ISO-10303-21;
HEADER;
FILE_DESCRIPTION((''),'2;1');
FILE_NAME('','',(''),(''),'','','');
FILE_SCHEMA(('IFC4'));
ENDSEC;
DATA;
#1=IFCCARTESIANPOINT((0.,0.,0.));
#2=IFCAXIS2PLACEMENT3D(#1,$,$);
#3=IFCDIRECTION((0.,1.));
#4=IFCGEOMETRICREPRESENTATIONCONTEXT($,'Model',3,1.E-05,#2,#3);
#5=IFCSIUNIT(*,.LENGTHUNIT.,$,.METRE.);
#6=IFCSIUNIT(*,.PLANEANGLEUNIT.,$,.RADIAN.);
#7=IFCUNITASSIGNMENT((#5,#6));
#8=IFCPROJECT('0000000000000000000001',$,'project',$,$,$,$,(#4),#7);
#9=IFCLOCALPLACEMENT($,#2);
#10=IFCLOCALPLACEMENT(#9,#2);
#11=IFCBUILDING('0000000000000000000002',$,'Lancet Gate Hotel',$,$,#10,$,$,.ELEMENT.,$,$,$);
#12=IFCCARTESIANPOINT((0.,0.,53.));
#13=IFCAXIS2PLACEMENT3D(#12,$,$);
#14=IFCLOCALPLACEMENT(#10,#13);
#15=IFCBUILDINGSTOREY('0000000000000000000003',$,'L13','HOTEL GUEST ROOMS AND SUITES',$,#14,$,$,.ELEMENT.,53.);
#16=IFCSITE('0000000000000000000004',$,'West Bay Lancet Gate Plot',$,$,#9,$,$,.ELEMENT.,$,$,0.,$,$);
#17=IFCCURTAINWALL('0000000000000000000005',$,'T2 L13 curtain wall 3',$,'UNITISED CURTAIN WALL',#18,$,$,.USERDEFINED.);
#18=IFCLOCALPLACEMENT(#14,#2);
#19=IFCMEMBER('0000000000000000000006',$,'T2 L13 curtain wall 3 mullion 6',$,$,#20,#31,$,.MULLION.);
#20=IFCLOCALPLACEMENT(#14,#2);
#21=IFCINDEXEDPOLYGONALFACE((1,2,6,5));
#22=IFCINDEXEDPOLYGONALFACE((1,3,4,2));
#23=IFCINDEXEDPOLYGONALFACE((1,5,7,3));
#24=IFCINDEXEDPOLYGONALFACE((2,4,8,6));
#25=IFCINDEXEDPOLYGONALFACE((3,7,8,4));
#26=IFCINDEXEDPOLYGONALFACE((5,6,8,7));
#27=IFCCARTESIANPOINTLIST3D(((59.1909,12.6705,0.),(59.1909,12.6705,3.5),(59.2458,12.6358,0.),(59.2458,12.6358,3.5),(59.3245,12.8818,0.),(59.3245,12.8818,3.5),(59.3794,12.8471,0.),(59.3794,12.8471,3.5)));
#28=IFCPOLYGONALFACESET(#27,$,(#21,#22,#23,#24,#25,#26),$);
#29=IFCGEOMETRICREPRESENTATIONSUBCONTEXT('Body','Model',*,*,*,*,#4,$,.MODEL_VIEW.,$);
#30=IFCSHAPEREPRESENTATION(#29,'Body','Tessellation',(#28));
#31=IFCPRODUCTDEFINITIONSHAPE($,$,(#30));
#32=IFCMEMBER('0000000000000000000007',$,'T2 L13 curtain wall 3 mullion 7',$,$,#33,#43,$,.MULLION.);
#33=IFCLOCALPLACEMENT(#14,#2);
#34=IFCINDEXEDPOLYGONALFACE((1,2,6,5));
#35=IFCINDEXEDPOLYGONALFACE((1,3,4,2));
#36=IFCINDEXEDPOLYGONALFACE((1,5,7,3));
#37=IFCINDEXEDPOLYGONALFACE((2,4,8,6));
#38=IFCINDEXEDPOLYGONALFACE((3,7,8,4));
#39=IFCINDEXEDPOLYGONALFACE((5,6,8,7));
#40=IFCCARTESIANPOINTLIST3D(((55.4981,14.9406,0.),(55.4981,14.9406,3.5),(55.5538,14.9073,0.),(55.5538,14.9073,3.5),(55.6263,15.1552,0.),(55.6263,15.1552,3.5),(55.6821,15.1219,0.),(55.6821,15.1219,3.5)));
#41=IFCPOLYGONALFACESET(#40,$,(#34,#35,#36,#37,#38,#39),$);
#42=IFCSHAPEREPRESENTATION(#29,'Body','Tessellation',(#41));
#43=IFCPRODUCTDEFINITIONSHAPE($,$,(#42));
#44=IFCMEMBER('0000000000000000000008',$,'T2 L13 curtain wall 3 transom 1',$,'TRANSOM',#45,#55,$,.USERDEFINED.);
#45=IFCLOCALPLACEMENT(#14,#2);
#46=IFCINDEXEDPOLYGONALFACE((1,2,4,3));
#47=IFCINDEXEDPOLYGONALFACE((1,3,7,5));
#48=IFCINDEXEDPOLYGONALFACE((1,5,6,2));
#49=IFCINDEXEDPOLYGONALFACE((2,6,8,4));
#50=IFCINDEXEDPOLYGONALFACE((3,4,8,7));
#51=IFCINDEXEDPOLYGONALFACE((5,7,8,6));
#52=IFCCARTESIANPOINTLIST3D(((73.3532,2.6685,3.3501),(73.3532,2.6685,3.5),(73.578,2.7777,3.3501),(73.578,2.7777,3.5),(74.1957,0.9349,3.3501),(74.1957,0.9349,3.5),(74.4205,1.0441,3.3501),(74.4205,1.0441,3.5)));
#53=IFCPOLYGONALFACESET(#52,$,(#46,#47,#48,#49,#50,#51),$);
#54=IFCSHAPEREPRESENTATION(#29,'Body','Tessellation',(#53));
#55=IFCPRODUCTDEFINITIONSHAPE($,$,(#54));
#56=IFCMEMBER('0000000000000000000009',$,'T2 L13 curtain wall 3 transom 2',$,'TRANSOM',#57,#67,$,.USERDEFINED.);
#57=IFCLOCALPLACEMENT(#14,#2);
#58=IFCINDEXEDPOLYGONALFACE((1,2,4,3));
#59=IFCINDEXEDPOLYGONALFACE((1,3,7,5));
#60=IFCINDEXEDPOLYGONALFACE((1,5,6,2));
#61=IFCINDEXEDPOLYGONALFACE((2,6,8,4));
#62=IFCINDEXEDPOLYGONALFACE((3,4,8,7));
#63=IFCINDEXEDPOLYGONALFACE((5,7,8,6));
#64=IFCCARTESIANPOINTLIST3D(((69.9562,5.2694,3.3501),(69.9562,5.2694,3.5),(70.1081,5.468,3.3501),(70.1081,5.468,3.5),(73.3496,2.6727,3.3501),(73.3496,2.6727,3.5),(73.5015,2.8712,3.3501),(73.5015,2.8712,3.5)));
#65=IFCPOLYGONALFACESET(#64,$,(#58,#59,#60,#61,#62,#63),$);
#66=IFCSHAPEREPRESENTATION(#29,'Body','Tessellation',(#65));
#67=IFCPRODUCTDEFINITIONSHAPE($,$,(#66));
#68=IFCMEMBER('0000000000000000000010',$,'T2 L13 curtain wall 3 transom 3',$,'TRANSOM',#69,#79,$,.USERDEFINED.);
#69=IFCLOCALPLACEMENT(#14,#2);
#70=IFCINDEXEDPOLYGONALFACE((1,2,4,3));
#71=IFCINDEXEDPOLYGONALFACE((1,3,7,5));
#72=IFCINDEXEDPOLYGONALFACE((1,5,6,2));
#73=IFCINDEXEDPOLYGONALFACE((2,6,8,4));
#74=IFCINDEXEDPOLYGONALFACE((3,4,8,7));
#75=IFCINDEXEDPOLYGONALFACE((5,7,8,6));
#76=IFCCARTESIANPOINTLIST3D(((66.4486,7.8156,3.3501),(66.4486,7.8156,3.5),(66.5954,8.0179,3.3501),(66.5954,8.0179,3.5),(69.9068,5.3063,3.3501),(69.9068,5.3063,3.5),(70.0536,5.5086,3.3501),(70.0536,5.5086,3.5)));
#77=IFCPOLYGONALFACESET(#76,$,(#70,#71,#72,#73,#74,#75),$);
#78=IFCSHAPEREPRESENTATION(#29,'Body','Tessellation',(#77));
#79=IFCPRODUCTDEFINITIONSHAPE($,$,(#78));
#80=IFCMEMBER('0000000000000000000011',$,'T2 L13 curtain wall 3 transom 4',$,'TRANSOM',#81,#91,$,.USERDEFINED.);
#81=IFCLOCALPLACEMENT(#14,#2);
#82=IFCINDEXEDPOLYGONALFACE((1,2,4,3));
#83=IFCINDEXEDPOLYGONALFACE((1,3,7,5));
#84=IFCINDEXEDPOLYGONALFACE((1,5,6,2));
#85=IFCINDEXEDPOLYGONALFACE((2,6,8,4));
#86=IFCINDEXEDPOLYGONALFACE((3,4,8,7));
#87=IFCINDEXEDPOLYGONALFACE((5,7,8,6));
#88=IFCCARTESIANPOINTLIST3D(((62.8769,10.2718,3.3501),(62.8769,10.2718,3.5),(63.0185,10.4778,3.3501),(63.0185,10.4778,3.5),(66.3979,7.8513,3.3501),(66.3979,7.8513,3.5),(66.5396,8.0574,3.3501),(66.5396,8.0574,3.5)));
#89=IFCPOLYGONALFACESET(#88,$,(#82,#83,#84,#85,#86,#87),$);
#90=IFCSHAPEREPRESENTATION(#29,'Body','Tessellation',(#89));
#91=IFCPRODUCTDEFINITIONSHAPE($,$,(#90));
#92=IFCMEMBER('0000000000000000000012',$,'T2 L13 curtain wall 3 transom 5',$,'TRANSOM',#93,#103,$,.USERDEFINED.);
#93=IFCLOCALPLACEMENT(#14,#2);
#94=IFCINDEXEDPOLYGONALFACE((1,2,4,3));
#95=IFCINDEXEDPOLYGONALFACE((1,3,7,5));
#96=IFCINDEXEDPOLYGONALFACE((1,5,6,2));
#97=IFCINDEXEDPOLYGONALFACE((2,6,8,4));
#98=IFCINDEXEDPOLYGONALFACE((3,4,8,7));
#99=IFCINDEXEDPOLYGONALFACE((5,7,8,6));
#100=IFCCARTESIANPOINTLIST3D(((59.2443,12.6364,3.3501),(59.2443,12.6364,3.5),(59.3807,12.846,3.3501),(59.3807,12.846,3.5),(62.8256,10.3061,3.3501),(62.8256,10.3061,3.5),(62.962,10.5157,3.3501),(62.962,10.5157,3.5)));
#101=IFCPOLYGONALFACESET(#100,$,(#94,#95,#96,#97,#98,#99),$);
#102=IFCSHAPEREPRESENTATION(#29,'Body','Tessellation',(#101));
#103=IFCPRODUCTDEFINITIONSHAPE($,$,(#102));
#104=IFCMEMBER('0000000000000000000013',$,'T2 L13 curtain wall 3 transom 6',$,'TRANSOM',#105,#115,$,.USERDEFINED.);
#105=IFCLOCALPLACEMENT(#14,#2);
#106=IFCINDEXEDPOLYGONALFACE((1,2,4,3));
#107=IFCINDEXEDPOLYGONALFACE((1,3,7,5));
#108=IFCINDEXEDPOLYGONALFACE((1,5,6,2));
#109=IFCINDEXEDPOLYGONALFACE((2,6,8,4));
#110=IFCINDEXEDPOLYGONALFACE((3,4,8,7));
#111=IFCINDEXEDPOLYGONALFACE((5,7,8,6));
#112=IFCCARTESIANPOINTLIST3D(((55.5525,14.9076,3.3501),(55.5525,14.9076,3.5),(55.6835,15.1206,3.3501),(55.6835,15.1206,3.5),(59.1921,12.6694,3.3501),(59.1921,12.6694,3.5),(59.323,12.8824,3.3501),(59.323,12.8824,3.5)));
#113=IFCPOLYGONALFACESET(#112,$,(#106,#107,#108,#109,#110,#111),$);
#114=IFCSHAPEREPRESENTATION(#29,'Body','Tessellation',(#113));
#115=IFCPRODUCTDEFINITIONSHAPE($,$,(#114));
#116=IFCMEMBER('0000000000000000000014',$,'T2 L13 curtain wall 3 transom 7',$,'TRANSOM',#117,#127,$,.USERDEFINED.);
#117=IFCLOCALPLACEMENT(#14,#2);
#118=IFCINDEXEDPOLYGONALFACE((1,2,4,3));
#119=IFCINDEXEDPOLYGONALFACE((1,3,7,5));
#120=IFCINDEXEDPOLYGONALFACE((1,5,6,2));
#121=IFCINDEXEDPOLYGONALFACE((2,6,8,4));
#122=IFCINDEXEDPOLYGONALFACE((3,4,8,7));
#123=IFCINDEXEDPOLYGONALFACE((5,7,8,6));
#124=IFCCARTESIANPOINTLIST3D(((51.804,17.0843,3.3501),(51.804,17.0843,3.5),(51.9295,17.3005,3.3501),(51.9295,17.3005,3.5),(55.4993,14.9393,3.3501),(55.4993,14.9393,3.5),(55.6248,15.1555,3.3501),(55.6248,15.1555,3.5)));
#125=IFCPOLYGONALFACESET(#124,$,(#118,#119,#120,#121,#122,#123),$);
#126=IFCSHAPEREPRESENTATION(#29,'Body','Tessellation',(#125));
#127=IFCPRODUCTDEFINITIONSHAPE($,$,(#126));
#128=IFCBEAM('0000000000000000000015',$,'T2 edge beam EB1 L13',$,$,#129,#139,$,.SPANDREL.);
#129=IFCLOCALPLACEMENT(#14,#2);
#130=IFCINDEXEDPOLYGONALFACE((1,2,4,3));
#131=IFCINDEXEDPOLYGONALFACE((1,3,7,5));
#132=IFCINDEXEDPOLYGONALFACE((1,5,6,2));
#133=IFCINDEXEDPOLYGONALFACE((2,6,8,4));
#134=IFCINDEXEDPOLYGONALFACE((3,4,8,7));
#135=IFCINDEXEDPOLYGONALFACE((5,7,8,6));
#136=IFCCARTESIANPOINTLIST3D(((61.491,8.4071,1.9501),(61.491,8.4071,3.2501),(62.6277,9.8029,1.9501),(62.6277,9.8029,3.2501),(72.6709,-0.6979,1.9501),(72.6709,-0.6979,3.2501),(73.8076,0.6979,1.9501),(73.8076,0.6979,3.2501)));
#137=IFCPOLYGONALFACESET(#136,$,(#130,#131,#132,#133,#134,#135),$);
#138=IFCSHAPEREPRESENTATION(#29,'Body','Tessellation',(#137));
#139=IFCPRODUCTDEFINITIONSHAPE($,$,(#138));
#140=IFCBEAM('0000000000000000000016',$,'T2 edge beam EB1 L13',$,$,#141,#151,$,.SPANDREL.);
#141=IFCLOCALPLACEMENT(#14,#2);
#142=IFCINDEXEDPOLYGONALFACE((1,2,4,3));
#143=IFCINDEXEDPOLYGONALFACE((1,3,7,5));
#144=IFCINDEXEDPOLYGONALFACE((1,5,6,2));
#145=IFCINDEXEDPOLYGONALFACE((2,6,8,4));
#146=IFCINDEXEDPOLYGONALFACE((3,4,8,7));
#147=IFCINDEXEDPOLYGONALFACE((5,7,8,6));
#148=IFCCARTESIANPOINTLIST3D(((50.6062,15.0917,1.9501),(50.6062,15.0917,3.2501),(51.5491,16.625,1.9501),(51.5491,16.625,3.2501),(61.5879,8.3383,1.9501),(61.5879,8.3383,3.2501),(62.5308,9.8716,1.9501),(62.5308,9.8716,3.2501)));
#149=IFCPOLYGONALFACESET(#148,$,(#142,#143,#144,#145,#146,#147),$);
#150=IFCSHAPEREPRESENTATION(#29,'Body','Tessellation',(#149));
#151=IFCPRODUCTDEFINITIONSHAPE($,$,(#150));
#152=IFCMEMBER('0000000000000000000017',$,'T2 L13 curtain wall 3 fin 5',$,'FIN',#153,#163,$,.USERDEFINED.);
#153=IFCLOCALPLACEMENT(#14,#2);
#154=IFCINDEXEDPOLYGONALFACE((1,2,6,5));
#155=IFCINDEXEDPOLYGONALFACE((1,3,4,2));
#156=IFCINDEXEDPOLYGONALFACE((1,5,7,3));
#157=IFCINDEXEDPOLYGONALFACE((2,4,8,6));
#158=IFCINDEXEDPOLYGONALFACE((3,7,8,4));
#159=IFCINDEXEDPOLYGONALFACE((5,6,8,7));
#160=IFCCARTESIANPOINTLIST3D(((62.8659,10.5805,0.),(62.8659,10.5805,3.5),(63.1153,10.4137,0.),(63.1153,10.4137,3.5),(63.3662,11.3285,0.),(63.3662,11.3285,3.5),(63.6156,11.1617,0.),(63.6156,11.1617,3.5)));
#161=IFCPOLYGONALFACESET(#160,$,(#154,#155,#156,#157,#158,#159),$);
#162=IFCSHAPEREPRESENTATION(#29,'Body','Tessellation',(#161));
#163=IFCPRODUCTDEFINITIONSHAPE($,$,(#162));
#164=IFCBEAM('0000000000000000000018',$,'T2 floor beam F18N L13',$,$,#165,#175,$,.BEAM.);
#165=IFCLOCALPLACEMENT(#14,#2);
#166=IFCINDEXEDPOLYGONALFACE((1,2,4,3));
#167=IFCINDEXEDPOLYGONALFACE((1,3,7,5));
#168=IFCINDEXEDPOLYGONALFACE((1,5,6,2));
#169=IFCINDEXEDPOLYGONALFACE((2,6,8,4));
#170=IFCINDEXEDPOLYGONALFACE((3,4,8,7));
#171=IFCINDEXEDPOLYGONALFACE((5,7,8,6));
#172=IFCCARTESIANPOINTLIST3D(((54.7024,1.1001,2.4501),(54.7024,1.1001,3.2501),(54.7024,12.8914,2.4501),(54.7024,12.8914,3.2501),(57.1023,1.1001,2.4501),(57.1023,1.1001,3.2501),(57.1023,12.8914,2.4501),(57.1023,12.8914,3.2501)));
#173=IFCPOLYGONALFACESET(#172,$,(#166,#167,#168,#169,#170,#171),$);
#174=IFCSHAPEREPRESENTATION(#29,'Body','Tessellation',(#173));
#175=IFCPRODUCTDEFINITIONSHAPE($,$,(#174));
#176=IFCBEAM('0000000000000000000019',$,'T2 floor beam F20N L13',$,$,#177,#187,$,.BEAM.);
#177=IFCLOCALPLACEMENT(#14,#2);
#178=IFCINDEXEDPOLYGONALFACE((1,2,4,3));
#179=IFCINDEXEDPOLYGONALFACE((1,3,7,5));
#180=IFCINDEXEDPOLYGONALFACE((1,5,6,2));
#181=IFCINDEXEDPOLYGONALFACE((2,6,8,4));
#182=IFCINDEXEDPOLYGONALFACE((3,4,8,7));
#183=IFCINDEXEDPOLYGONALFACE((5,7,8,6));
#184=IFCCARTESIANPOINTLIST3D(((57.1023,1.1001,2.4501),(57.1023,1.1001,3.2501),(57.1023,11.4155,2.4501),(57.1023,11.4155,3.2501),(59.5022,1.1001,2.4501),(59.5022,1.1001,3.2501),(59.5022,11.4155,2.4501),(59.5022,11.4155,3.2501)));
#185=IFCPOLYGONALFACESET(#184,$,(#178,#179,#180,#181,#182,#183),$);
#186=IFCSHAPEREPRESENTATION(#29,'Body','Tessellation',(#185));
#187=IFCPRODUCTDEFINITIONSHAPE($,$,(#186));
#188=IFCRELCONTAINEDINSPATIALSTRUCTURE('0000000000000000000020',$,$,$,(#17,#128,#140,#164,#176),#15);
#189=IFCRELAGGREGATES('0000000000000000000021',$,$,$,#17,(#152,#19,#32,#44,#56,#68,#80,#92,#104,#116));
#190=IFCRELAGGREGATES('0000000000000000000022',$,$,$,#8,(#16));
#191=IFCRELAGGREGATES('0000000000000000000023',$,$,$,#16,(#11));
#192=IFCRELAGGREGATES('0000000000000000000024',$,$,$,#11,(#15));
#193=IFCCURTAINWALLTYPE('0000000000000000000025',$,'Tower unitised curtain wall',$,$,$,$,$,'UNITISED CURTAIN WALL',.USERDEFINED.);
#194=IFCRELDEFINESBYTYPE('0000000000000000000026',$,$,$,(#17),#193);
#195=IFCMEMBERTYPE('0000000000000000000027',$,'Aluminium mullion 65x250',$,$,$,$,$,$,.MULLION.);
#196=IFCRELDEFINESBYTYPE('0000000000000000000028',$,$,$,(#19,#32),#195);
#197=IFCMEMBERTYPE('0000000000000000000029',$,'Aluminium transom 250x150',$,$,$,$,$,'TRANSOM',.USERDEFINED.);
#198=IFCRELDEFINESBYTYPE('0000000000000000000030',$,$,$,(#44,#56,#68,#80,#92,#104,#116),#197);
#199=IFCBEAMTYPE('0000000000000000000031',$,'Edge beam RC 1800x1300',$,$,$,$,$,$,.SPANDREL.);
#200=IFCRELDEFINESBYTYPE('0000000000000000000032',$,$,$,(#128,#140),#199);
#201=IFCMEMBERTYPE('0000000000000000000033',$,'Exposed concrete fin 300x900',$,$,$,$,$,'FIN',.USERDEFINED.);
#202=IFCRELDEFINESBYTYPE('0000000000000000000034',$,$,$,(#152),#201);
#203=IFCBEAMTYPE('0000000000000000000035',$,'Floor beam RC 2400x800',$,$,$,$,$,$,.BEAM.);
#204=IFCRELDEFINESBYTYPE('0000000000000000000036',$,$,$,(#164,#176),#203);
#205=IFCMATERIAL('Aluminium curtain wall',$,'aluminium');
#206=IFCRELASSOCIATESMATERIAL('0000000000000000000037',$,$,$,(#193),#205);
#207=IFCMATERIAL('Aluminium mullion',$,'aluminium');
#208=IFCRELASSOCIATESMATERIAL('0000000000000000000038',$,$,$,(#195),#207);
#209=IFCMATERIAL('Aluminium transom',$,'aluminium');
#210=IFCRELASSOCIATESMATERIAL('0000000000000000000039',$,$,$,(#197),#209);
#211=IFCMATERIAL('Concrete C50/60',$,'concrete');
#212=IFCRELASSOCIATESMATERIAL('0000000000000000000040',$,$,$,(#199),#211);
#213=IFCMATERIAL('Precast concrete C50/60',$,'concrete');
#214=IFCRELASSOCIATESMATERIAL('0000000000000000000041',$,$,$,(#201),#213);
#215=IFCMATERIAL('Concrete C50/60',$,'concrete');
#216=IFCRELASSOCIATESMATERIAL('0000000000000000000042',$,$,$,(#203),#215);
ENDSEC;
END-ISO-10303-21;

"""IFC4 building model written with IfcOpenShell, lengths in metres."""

from ifc_helpers import new_model, si_unit, direction, frame, origin, origin_2d, place, context, subcontext, project, spatial, rectangle, extrude, material, material_profile, profile_set, type_object, element, aggregate, save


model = new_model("IFC4")

# Units and contexts
model_context = context("Model", 3, precision=1e-05, world=origin(), true_north=direction((0.0, 1.0)))
body_context = subcontext(model_context, "Body", "Model", "MODEL_VIEW")
ifc_project = project(units=[si_unit("LENGTHUNIT", "METRE"), si_unit("PLANEANGLEUNIT", "RADIAN")], contexts=[model_context])

# Site, building, storey
site_placement = place(None, origin())
site = spatial("IfcSite", under=ifc_project, at=site_placement, Name="West Bay Lancet Gate Plot", CompositionType="ELEMENT", RefElevation=0.0)
building_placement = place(site_placement, origin())
building = spatial("IfcBuilding", under=site, at=building_placement, Name="Lancet Gate Hotel", CompositionType="ELEMENT")
storey_placement = place(building_placement, frame((0.0, 0.0, 53.0)))
storey = spatial("IfcBuildingStorey", under=building, at=storey_placement, Name="L13", Description="HOTEL GUEST ROOMS AND SUITES", CompositionType="ELEMENT", Elevation=53.0)

# Curtain wall, members
ifc_material_1 = material(Name="Aluminium curtain wall", Category="aluminium")
curtain_wall_type = type_object("IfcCurtainWallType", Name="Tower unitised curtain wall", ElementType="UNITISED CURTAIN WALL", PredefinedType="USERDEFINED", material=ifc_material_1)
curtain_wall_placement = place(storey_placement, origin())
curtain_wall = element("IfcCurtainWall", 1, at=curtain_wall_placement, inside=storey, type_object=curtain_wall_type, Name="T2 L13 curtain wall 3", ObjectType="UNITISED CURTAIN WALL", PredefinedType="USERDEFINED")
ifc_material_2 = material(Name="Aluminium mullion", Category="aluminium")
ifc_material_profile_1 = material_profile(ifc_material_2, rectangle(XDim=0.0649, YDim=0.25, at=origin_2d()), Name="MULLION 65x250")
ifc_profile_set_1 = profile_set([ifc_material_profile_1], Name="Aluminium mullion")
member_type_1 = type_object("IfcMemberType", Name="Aluminium mullion 65x250", PredefinedType="MULLION", material=ifc_profile_set_1)
member_1_placement = place(storey_placement, frame((59.2852, 12.7588, 0.0), z_axis=(0.0, 0.0, 1.0), x_axis=(-0.845079, 0.534641, 0.0)))
member_1 = element("IfcMember", 2, at=member_1_placement, type_object=member_type_1, Name="T2 L13 curtain wall 3 mullion 6", PredefinedType="MULLION", context=body_context, shape_type="SweptSolid", body=[
    extrude(rectangle(XDim=0.0649, YDim=0.25, at=origin_2d()), origin(), (0.0, 0.0, 1.0), 3.5),
])
member_2_placement = place(storey_placement, frame((55.5901, 15.0312, 0.0), z_axis=(0.0, 0.0, 1.0), x_axis=(-0.858413, 0.512959, 0.0)))
member_2 = element("IfcMember", 3, at=member_2_placement, type_object=member_type_1, Name="T2 L13 curtain wall 3 mullion 7", PredefinedType="MULLION", context=body_context, shape_type="SweptSolid", body=[
    extrude(rectangle(XDim=0.0649, YDim=0.25, at=origin_2d()), origin(), (0.0, 0.0, 1.0), 3.5),
])
ifc_material_3 = material(Name="Aluminium transom", Category="aluminium")
ifc_material_profile_2 = material_profile(ifc_material_3, rectangle(XDim=0.25, YDim=0.1499, at=origin_2d()), Name="TRANSOM 250x150")
ifc_profile_set_2 = profile_set([ifc_material_profile_2], Name="Aluminium transom")
member_type_2 = type_object("IfcMemberType", Name="Aluminium transom 250x150", ElementType="TRANSOM", PredefinedType="USERDEFINED", material=ifc_profile_set_2)
member_3_placement = place(storey_placement, frame((74.3081, 0.9895, 3.425), z_axis=(-0.437103, 0.899411, 0.0), x_axis=(-0.899411, -0.437103, 0.0)))
member_3 = element("IfcMember", 4, at=member_3_placement, type_object=member_type_2, Name="T2 L13 curtain wall 3 transom 1", ObjectType="TRANSOM", PredefinedType="USERDEFINED", context=body_context, shape_type="SweptSolid", body=[
    extrude(rectangle(XDim=0.25, YDim=0.1499, at=origin_2d()), origin(), (0.0, 0.0, 1.0), 1.9275),
])
member_4_placement = place(storey_placement, frame((73.4255, 2.772, 3.425), z_axis=(-0.794155, 0.607715, 0.0), x_axis=(-0.607715, -0.794155, 0.0)))
member_4 = element("IfcMember", 5, at=member_4_placement, type_object=member_type_2, Name="T2 L13 curtain wall 3 transom 2", ObjectType="TRANSOM", PredefinedType="USERDEFINED", context=body_context, shape_type="SweptSolid", body=[
    extrude(rectangle(XDim=0.25, YDim=0.1499, at=origin_2d()), origin(), (0.0, 0.0, 1.0), 4.2729),
])
member_5_placement = place(storey_placement, frame((69.9802, 5.4075, 3.425), z_axis=(-0.809383, 0.587281, 0.0), x_axis=(-0.587281, -0.809383, 0.0)))
member_5 = element("IfcMember", 6, at=member_5_placement, type_object=member_type_2, Name="T2 L13 curtain wall 3 transom 3", ObjectType="TRANSOM", PredefinedType="USERDEFINED", context=body_context, shape_type="SweptSolid", body=[
    extrude(rectangle(XDim=0.25, YDim=0.1499, at=origin_2d()), origin(), (0.0, 0.0, 1.0), 4.2727),
])
member_6_placement = place(storey_placement, frame((66.4688, 7.9543, 3.425), z_axis=(-0.824072, 0.566485, 0.0), x_axis=(-0.566485, -0.824072, 0.0)))
member_6 = element("IfcMember", 7, at=member_6_placement, type_object=member_type_2, Name="T2 L13 curtain wall 3 transom 4", ObjectType="TRANSOM", PredefinedType="USERDEFINED", context=body_context, shape_type="SweptSolid", body=[
    extrude(rectangle(XDim=0.25, YDim=0.1499, at=origin_2d()), origin(), (0.0, 0.0, 1.0), 4.2727),
])
member_7_placement = place(storey_placement, frame((62.8938, 10.4109, 3.425), z_axis=(-0.838179, 0.545396, 0.0), x_axis=(-0.545396, -0.838179, 0.0)))
member_7 = element("IfcMember", 8, at=member_7_placement, type_object=member_type_2, Name="T2 L13 curtain wall 3 transom 5", ObjectType="TRANSOM", PredefinedType="USERDEFINED", context=body_context, shape_type="SweptSolid", body=[
    extrude(rectangle(XDim=0.25, YDim=0.1499, at=origin_2d()), origin(), (0.0, 0.0, 1.0), 4.2727),
])
member_8_placement = place(storey_placement, frame((59.2576, 12.7759, 3.425), z_axis=(-0.851815, 0.523842, 0.0), x_axis=(-0.523842, -0.851815, 0.0)))
member_8 = element("IfcMember", 9, at=member_8_placement, type_object=member_type_2, Name="T2 L13 curtain wall 3 transom 6", ObjectType="TRANSOM", PredefinedType="USERDEFINED", context=body_context, shape_type="SweptSolid", body=[
    extrude(rectangle(XDim=0.25, YDim=0.1499, at=origin_2d()), origin(), (0.0, 0.0, 1.0), 4.2727),
])
member_9_placement = place(storey_placement, frame((55.562, 15.0474, 3.425), z_axis=(-0.864855, 0.502022, 0.0), x_axis=(-0.502022, -0.864855, 0.0)))
member_9 = element("IfcMember", 10, at=member_9_placement, type_object=member_type_2, Name="T2 L13 curtain wall 3 transom 7", ObjectType="TRANSOM", PredefinedType="USERDEFINED", context=body_context, shape_type="SweptSolid", body=[
    extrude(rectangle(XDim=0.25, YDim=0.1499, at=origin_2d()), origin(), (0.0, 0.0, 1.0), 4.2727),
])

# Beams
ifc_material_4 = material(Name="Concrete C50/60", Category="concrete")
ifc_material_profile_3 = material_profile(ifc_material_4, rectangle(XDim=1.8, YDim=1.3, at=origin_2d()), Name="RC 1800x1300")
ifc_profile_set_3 = profile_set([ifc_material_profile_3], Name="Concrete C50/60")
beam_type_1 = type_object("IfcBeamType", Name="Edge beam RC 1800x1300", PredefinedType="SPANDREL", material=ifc_profile_set_3)
beam_1_placement = place(storey_placement, frame((73.2393, 0.0, 2.6001), z_axis=(-0.775391, 0.631481, 0.0), x_axis=(-0.631481, -0.775391, 0.0)))
element("IfcBeam", 11, at=beam_1_placement, inside=storey, type_object=beam_type_1, Name="T2 edge beam EB1 L13", PredefinedType="SPANDREL", context=body_context, shape_type="SweptSolid", body=[
    extrude(rectangle(XDim=1.8, YDim=1.3, at=origin_2d()), origin(), (0.0, 0.0, 1.0), 14.4185),
])
beam_2_placement = place(storey_placement, frame((62.0593, 9.105, 2.6001), z_axis=(-0.851816, 0.523842, 0.0), x_axis=(-0.523842, -0.851816, 0.0)))
element("IfcBeam", 12, at=beam_2_placement, inside=storey, type_object=beam_type_1, Name="T2 edge beam EB1 L13", PredefinedType="SPANDREL", context=body_context, shape_type="SweptSolid", body=[
    extrude(rectangle(XDim=1.8, YDim=1.3, at=origin_2d()), origin(), (0.0, 0.0, 1.0), 12.8921),
])

# Member
ifc_material_5 = material(Name="Precast concrete C50/60", Category="concrete")
ifc_material_profile_4 = material_profile(ifc_material_5, rectangle(XDim=0.3, YDim=0.8999, at=origin_2d()), Name="FIN 300x900")
ifc_profile_set_4 = profile_set([ifc_material_profile_4], Name="Precast concrete C50/60")
member_type_3 = type_object("IfcMemberType", Name="Exposed concrete fin 300x900", ElementType="FIN", PredefinedType="USERDEFINED", material=ifc_profile_set_4)
member_10_placement = place(storey_placement, frame((63.2407, 10.8711, 0.0), z_axis=(0.0, 0.0, 1.0), x_axis=(-0.831198, 0.555976, 0.0)))
member_10 = element("IfcMember", 13, at=member_10_placement, type_object=member_type_3, Name="T2 L13 curtain wall 3 fin 5", ObjectType="FIN", PredefinedType="USERDEFINED", context=body_context, shape_type="SweptSolid", body=[
    extrude(rectangle(XDim=0.3, YDim=0.8999, at=origin_2d()), origin(), (0.0, 0.0, 1.0), 3.5),
])

# Beams
ifc_material_6 = material(Name="Concrete C50/60", Category="concrete")
ifc_material_profile_5 = material_profile(ifc_material_6, rectangle(XDim=2.3999, YDim=0.8, at=origin_2d()), Name="RC 2400x800")
ifc_profile_set_5 = profile_set([ifc_material_profile_5], Name="Concrete C50/60")
beam_type_2 = type_object("IfcBeamType", Name="Floor beam RC 2400x800", PredefinedType="BEAM", material=ifc_profile_set_5)
beam_3_placement = place(storey_placement, frame((55.9023, 1.1001, 2.8501), z_axis=(0.0, 1.0, 0.0), x_axis=(-1.0, 0.0, 0.0)))
element("IfcBeam", 14, at=beam_3_placement, inside=storey, type_object=beam_type_2, Name="T2 floor beam F18N L13", PredefinedType="BEAM", context=body_context, shape_type="SweptSolid", body=[
    extrude(rectangle(XDim=2.3999, YDim=0.8, at=origin_2d()), origin(), (0.0, 0.0, 1.0), 11.7913),
])
beam_4_placement = place(storey_placement, frame((58.3022, 1.1001, 2.8501), z_axis=(0.0, 1.0, 0.0), x_axis=(-1.0, 0.0, 0.0)))
element("IfcBeam", 15, at=beam_4_placement, inside=storey, type_object=beam_type_2, Name="T2 floor beam F20N L13", PredefinedType="BEAM", context=body_context, shape_type="SweptSolid", body=[
    extrude(rectangle(XDim=2.3999, YDim=0.8, at=origin_2d()), origin(), (0.0, 0.0, 1.0), 10.3154),
])

aggregate(curtain_wall, [member_10, member_1, member_2, member_3, member_4, member_5, member_6, member_7, member_8, member_9])

save(model, "model.ifc")
